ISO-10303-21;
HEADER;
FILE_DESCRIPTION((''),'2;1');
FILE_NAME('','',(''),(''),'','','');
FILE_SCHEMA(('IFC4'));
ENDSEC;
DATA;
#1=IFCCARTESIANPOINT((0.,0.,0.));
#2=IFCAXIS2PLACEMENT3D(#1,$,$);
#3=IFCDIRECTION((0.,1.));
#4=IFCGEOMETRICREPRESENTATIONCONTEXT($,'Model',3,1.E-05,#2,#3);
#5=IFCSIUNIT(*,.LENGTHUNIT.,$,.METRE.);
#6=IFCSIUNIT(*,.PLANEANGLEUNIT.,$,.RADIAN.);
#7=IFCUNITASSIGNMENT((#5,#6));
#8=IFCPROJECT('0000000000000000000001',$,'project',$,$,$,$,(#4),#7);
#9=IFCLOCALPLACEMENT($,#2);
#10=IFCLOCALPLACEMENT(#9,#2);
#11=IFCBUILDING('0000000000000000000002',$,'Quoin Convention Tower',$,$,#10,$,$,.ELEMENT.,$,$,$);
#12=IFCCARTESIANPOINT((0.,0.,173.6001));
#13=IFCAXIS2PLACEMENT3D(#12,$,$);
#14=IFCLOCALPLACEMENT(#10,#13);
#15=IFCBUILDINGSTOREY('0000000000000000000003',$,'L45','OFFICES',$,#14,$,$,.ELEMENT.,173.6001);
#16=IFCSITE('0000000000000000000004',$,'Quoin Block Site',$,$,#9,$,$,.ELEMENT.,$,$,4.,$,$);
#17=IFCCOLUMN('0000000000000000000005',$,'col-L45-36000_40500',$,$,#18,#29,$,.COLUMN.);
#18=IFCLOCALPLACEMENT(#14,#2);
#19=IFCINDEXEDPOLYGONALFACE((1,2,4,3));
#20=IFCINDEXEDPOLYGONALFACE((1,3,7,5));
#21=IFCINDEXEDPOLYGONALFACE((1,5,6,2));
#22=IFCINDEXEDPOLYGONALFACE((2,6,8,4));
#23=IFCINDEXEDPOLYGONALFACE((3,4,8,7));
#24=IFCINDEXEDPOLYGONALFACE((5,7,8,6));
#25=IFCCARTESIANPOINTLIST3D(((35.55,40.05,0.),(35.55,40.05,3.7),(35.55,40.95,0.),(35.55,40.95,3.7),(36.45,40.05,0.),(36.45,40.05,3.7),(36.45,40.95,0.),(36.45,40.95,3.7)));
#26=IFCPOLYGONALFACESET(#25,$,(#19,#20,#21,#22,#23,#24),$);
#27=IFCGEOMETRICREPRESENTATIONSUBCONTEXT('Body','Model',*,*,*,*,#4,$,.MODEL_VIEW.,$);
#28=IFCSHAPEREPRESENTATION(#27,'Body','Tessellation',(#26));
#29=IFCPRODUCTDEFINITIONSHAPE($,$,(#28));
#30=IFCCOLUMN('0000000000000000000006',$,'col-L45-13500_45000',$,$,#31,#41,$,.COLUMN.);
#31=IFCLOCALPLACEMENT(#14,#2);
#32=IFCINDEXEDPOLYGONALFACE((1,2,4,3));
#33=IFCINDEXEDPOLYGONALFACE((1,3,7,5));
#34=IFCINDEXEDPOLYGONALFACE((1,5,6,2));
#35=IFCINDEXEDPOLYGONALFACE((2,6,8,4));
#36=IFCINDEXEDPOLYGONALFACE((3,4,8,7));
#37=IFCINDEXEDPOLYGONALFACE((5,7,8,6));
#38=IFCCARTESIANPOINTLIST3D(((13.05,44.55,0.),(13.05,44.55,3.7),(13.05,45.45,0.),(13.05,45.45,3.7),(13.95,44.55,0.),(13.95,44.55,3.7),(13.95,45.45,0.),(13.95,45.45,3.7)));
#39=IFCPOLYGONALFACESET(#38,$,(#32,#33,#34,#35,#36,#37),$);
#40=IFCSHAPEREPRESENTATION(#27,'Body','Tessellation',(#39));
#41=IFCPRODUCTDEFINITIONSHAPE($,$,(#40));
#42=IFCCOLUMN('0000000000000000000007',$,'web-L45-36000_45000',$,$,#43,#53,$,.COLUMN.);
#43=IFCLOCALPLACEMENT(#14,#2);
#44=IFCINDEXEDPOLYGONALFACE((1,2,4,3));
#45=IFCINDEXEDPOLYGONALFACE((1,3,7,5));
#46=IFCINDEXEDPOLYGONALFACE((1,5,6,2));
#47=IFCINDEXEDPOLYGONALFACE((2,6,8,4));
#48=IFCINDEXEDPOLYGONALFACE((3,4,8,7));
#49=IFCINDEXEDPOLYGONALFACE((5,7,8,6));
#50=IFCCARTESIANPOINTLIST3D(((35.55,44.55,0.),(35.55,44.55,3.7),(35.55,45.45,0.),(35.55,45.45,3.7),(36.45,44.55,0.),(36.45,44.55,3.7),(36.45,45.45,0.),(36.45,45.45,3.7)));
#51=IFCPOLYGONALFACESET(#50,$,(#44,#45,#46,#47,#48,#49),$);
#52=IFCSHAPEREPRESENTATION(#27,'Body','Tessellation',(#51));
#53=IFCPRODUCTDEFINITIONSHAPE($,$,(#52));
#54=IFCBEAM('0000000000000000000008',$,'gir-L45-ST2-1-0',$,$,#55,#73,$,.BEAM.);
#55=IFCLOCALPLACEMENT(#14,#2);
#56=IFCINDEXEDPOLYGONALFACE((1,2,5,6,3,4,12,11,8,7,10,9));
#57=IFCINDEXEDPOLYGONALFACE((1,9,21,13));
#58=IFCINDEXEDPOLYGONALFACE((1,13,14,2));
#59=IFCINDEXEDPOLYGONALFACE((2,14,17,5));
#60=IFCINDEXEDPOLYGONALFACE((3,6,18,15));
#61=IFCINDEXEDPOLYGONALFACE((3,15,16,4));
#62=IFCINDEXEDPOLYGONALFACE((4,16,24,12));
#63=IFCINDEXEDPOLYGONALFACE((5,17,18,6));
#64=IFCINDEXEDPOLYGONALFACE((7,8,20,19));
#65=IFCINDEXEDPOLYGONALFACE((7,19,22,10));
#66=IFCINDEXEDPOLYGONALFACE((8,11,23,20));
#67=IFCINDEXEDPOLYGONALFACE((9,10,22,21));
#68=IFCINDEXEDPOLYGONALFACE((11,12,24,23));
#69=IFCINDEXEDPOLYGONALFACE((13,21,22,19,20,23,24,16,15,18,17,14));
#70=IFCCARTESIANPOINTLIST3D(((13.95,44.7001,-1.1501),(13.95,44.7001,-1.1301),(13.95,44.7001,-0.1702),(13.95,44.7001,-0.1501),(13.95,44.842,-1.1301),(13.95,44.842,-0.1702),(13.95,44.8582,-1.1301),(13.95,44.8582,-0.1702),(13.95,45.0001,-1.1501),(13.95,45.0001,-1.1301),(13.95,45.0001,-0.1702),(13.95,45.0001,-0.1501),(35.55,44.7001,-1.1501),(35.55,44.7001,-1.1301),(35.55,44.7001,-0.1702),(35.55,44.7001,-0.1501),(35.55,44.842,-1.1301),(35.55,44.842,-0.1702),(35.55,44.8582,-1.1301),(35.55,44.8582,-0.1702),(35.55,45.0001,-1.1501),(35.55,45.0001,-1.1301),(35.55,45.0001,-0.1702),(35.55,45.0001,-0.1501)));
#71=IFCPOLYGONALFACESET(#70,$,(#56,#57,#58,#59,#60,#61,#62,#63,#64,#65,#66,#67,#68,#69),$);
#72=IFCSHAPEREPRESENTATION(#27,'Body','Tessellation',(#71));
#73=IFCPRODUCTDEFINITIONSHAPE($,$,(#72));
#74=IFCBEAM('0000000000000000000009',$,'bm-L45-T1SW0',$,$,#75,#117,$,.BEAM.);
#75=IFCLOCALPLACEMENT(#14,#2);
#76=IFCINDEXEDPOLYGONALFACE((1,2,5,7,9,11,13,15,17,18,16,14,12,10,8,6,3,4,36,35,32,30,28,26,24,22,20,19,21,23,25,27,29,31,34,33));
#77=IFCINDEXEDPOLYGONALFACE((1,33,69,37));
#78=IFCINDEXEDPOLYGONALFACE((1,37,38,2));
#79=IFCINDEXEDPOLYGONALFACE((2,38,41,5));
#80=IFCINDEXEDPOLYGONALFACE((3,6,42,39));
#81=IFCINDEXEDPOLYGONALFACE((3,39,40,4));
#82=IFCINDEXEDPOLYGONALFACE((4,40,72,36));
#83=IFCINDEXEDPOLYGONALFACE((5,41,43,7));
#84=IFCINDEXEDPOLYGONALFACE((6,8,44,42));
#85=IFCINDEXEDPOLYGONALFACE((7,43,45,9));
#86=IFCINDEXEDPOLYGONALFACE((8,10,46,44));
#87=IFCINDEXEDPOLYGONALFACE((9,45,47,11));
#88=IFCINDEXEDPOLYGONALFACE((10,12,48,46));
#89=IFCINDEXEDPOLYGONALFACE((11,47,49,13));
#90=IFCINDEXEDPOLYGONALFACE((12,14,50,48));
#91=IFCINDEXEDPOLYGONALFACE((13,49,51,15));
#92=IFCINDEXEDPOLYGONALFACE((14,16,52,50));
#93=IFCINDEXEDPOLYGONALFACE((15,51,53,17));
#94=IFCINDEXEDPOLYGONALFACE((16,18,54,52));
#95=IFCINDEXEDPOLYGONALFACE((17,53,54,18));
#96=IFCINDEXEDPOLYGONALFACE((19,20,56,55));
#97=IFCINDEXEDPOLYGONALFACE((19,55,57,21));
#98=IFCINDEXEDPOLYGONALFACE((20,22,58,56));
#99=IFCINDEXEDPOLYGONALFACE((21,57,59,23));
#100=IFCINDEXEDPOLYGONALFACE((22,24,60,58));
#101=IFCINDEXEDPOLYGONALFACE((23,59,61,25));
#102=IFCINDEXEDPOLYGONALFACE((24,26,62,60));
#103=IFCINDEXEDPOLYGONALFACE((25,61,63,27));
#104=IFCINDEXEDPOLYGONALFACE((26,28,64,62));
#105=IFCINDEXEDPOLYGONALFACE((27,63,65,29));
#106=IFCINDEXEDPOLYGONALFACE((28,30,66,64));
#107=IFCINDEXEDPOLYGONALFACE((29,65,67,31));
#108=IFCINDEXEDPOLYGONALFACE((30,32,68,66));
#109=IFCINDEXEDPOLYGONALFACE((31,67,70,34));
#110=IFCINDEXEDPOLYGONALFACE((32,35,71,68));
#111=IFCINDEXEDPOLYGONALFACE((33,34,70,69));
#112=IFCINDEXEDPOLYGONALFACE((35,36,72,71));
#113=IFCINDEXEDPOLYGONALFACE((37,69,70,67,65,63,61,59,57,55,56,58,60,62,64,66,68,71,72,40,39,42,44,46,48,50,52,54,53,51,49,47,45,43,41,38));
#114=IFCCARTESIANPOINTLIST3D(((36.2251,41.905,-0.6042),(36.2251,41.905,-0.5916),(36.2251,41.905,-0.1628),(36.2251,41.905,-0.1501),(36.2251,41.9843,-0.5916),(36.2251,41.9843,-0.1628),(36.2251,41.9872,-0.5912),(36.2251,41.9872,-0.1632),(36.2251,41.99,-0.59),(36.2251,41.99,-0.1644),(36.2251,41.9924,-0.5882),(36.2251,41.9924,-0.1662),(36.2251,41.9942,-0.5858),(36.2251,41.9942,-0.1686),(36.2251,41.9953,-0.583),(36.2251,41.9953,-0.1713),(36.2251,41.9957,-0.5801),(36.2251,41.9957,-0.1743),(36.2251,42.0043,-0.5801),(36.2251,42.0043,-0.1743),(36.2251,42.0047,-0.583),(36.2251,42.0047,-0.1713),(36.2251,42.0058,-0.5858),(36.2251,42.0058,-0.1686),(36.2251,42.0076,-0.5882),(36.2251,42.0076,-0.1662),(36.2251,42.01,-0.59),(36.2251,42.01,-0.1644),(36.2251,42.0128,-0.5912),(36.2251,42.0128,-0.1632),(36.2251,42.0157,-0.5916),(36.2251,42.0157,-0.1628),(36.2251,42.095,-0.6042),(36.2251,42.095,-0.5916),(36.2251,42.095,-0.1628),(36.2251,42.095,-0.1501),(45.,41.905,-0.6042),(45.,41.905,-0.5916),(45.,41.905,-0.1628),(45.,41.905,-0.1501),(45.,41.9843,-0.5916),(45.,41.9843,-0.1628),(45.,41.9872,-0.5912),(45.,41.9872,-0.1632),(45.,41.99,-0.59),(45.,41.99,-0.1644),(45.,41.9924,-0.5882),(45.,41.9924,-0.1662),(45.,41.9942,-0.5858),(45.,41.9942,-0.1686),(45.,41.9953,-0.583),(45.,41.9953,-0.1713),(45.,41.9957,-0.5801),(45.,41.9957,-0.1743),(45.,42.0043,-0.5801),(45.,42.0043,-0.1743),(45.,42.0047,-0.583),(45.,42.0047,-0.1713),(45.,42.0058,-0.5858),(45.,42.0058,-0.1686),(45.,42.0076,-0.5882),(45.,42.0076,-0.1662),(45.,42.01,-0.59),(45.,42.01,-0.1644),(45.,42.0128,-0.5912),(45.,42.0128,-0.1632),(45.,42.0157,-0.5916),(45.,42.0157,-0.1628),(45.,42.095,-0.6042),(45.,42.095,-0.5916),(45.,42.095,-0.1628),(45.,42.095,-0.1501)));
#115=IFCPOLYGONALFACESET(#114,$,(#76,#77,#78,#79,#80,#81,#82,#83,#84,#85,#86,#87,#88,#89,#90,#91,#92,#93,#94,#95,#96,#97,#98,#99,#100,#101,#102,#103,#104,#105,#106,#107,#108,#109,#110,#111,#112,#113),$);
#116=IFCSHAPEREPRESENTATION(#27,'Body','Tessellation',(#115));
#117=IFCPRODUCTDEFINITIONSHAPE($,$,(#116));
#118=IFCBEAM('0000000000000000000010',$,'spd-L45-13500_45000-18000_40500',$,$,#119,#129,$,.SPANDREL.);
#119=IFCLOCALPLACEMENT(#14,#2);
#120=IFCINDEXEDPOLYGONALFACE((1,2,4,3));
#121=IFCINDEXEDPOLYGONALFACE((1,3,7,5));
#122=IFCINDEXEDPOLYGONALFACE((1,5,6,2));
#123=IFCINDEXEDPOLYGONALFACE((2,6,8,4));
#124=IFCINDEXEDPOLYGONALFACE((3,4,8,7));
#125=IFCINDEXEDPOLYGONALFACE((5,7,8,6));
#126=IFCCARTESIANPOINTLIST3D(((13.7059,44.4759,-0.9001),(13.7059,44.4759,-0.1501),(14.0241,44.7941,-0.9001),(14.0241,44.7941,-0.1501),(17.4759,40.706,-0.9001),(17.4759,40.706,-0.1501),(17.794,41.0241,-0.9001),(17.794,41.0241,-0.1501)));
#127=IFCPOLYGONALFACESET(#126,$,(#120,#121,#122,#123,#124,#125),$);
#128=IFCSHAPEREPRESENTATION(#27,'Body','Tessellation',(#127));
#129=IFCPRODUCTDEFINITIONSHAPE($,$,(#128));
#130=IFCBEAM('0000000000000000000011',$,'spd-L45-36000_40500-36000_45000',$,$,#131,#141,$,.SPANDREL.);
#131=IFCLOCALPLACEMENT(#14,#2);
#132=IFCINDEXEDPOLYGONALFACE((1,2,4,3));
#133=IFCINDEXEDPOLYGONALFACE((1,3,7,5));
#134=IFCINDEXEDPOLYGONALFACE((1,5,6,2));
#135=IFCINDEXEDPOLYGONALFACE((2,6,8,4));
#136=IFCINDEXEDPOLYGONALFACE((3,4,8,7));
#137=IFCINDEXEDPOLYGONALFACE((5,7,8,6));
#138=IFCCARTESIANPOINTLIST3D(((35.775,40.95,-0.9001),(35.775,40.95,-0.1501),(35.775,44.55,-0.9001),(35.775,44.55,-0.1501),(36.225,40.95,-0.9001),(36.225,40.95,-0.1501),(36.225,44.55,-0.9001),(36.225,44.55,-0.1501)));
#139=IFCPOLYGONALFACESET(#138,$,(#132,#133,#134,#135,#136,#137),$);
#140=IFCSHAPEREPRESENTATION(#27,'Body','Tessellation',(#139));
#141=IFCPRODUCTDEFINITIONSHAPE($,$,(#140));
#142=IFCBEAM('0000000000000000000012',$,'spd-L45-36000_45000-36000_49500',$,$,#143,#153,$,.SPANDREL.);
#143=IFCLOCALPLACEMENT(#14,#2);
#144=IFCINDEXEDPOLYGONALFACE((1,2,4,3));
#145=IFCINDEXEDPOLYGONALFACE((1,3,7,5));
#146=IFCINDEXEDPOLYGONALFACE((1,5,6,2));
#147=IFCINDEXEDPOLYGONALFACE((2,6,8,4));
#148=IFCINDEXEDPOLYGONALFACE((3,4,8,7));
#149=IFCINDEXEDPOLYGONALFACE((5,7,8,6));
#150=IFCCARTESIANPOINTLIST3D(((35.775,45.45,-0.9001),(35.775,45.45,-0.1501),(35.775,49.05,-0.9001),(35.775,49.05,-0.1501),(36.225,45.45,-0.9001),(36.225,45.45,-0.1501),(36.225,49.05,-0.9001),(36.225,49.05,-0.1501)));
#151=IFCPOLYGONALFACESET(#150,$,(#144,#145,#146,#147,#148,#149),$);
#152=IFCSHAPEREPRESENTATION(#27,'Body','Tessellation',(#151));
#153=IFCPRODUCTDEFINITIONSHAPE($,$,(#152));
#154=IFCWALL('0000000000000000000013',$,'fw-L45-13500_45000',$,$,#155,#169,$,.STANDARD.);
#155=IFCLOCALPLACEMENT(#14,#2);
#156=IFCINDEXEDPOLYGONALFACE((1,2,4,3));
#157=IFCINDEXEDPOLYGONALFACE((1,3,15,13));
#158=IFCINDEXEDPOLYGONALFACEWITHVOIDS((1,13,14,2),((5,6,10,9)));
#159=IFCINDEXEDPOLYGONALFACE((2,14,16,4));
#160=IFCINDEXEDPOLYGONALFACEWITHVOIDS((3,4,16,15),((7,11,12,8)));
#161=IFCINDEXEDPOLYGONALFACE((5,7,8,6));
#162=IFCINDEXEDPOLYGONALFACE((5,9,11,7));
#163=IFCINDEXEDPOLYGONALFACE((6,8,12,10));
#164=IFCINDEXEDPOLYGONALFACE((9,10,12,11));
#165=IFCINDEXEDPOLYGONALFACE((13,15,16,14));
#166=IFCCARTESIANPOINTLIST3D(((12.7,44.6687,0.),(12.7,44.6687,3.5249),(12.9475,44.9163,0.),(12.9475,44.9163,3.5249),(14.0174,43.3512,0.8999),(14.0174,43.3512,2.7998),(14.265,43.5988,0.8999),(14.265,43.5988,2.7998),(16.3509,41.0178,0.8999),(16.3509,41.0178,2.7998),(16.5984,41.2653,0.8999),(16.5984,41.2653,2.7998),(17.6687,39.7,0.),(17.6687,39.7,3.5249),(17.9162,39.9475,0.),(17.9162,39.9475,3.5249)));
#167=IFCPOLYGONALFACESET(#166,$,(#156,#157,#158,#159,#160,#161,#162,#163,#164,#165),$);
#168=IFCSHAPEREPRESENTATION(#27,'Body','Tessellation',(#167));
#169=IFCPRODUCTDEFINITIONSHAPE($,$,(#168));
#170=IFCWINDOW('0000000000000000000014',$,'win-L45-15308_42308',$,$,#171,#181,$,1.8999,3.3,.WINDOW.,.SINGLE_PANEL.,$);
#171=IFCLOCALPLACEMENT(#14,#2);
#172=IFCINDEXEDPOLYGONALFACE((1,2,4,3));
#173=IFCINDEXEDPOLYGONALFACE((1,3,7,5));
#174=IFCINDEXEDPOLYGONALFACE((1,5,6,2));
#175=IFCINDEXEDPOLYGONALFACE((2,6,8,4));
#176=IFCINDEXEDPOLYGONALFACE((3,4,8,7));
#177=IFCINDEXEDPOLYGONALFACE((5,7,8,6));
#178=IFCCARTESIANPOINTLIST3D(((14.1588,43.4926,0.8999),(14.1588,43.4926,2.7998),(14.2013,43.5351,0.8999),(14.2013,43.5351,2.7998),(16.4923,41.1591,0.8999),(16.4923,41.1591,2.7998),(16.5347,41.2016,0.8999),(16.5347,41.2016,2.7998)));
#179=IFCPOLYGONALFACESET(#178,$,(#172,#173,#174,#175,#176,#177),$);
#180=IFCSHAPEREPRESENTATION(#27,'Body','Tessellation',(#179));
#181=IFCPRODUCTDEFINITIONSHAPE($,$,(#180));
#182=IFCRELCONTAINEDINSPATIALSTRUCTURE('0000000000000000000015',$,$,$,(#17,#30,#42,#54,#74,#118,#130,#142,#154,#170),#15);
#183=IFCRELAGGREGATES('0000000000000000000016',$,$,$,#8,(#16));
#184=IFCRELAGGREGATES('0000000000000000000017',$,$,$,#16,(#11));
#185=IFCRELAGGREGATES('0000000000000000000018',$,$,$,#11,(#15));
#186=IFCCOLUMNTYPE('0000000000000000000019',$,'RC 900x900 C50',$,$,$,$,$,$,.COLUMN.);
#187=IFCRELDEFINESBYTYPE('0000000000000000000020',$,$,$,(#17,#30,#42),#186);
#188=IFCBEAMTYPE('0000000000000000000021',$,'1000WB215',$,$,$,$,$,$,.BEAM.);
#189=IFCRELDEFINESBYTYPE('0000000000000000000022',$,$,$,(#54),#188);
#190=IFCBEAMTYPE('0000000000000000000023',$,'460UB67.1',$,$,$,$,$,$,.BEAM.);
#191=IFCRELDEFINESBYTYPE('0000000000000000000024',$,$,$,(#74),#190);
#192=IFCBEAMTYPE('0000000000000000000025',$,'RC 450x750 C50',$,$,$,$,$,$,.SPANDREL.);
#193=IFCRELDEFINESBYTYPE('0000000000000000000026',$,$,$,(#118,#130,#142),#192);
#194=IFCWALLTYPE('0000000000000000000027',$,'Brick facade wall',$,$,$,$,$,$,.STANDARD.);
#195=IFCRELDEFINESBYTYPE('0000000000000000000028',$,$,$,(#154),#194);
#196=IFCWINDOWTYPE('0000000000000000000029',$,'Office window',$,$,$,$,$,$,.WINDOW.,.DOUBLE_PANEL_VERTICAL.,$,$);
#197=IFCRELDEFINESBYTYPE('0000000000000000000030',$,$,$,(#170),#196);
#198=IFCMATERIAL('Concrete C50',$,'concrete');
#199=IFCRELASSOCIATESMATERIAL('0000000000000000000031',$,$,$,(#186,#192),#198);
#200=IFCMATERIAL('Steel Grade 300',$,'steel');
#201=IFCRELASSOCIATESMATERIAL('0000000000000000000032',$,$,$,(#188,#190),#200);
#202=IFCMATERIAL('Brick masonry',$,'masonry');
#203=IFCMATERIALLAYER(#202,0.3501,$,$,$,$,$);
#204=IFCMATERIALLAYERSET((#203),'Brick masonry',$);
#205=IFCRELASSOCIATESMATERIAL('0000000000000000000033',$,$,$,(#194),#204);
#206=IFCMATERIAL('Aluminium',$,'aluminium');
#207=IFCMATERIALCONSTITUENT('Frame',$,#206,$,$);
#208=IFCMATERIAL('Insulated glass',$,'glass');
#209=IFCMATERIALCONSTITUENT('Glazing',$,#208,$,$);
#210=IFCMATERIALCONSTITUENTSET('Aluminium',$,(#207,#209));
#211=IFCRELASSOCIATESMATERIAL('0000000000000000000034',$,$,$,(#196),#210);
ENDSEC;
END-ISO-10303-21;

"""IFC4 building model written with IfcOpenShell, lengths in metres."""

from ifc_helpers import new_model, si_unit, direction, frame, frame_2d, origin, origin_2d, place, context, subcontext, project, spatial, rectangle, i_section, extrude, material, layer, layer_set, constituent, constituent_set, material_profile, profile_set, type_object, element, fill, save


model = new_model("IFC4")

# Units and contexts
model_context = context("Model", 3, precision=1e-05, world=origin(), true_north=direction((0.0, 1.0)))
body_context = subcontext(model_context, "Body", "Model", "MODEL_VIEW")
ifc_project = project(units=[si_unit("LENGTHUNIT", "METRE"), si_unit("PLANEANGLEUNIT", "RADIAN")], contexts=[model_context])

# Site, building, storey
site_placement = place(None, origin())
site = spatial("IfcSite", under=ifc_project, at=site_placement, Name="Quoin Block Site", CompositionType="ELEMENT", RefElevation=4.0)
building_placement = place(site_placement, origin())
building = spatial("IfcBuilding", under=site, at=building_placement, Name="Quoin Convention Tower", CompositionType="ELEMENT")
storey_placement = place(building_placement, frame((0.0, 0.0, 173.6001)))
storey = spatial("IfcBuildingStorey", under=building, at=storey_placement, Name="L45", Description="OFFICES", CompositionType="ELEMENT", Elevation=173.6001)

# Columns
ifc_material_1 = material(Name="Concrete C50", Category="concrete")
ifc_material_profile_1 = material_profile(ifc_material_1, rectangle(XDim=0.8999, YDim=0.8999, at=origin_2d()), Name="RC 900x900")
ifc_profile_set_1 = profile_set([ifc_material_profile_1], Name="Concrete C50")
column_type = type_object("IfcColumnType", Name="RC 900x900 C50", PredefinedType="COLUMN", material=ifc_profile_set_1)
for number, where, z_axis, x_axis, name in (
    (1, (36.0, 40.5, 0.0), (0.0, 0.0, 1.0), (1.0, 0.0, 0.0), "col-L45-36000_40500"),
    (2, (13.5, 45.0, 0.0), (0.0, 0.0, 1.0), (1.0, 0.0, 0.0), "col-L45-13500_45000"),
    (3, (36.0, 45.0, 0.0), (0.0, 0.0, 1.0), (1.0, 0.0, 0.0), "web-L45-36000_45000"),
):
    element("IfcColumn", number, at=place(storey_placement, frame(where, z_axis=z_axis, x_axis=x_axis)), inside=storey, type_object=column_type, Name=name, PredefinedType="COLUMN", context=body_context, shape_type="SweptSolid", body=[
        extrude(rectangle(XDim=0.8999, YDim=0.8999, at=origin_2d()), origin(), (0.0, 0.0, 1.0), 3.7),
    ])

# Beams
ifc_material_2 = material(Name="Steel Grade 300", Category="steel")
ifc_material_profile_2 = material_profile(ifc_material_2, i_section(OverallWidth=0.3, OverallDepth=1.0, WebThickness=0.0161, FlangeThickness=0.02, at=origin_2d()), Name="1000WB215")
ifc_profile_set_2 = profile_set([ifc_material_profile_2], Name="Steel Grade 300")
beam_type_1 = type_object("IfcBeamType", Name="1000WB215", PredefinedType="BEAM", material=ifc_profile_set_2)
beam_1_placement = place(storey_placement, frame((13.95, 44.8501, -0.6501), z_axis=(1.0, 0.0, 0.0), x_axis=(0.0, 1.0, 0.0)))
element("IfcBeam", 4, at=beam_1_placement, inside=storey, type_object=beam_type_1, Name="gir-L45-ST2-1-0", PredefinedType="BEAM", context=body_context, shape_type="SweptSolid", body=[
    extrude(i_section(OverallWidth=0.3, OverallDepth=1.0, WebThickness=0.0161, FlangeThickness=0.02, at=origin_2d()), origin(), (0.0, 0.0, 1.0), 21.6001),
])
ifc_material_profile_3 = material_profile(ifc_material_2, i_section(OverallWidth=0.1899, OverallDepth=0.4541, WebThickness=0.0085, FlangeThickness=0.0127, FilletRadius=0.0115, at=origin_2d()), Name="460UB67.1")
ifc_profile_set_3 = profile_set([ifc_material_profile_3], Name="Steel Grade 300")
beam_type_2 = type_object("IfcBeamType", Name="460UB67.1", PredefinedType="BEAM", material=ifc_profile_set_3)
beam_2_placement = place(storey_placement, frame((36.2251, 42.0, -0.3772), z_axis=(1.0, 0.0, 0.0), x_axis=(0.0, 1.0, 0.0)))
element("IfcBeam", 5, at=beam_2_placement, inside=storey, type_object=beam_type_2, Name="bm-L45-T1SW0", PredefinedType="BEAM", context=body_context, shape_type="SweptSolid", body=[
    extrude(i_section(OverallWidth=0.1899, OverallDepth=0.4541, WebThickness=0.0085, FlangeThickness=0.0127, FilletRadius=0.0115, at=origin_2d()), origin(), (0.0, 0.0, 1.0), 8.7749),
])
ifc_material_profile_4 = material_profile(ifc_material_1, rectangle(XDim=0.45, YDim=0.75, at=origin_2d()), Name="RC 450x750")
ifc_profile_set_4 = profile_set([ifc_material_profile_4], Name="Concrete C50")
beam_type_3 = type_object("IfcBeamType", Name="RC 450x750 C50", PredefinedType="SPANDREL", material=ifc_profile_set_4)
beam_3_placement = place(storey_placement, frame((13.865, 44.635, -0.5251), z_axis=(0.707107, -0.707107, 0.0), x_axis=(0.707107, 0.707107, 0.0)))
element("IfcBeam", 6, at=beam_3_placement, inside=storey, type_object=beam_type_3, Name="spd-L45-13500_45000-18000_40500", PredefinedType="SPANDREL", context=body_context, shape_type="SweptSolid", body=[
    extrude(rectangle(XDim=0.45, YDim=0.75, at=origin_2d()), origin(), (0.0, 0.0, 1.0), 5.3315),
])
for number, where, z_axis, x_axis, name in (
    (7, (36.0, 40.95, -0.5251), (0.0, 1.0, 0.0), (-1.0, 0.0, 0.0), "spd-L45-36000_40500-36000_45000"),
    (8, (36.0, 45.45, -0.5251), (0.0, 1.0, 0.0), (-1.0, 0.0, 0.0), "spd-L45-36000_45000-36000_49500"),
):
    element("IfcBeam", number, at=place(storey_placement, frame(where, z_axis=z_axis, x_axis=x_axis)), inside=storey, type_object=beam_type_3, Name=name, PredefinedType="SPANDREL", context=body_context, shape_type="SweptSolid", body=[
        extrude(rectangle(XDim=0.45, YDim=0.75, at=origin_2d()), origin(), (0.0, 0.0, 1.0), 3.6001),
    ])

# Wall, opening, window
ifc_material_3 = material(Name="Brick masonry", Category="masonry")
ifc_layer_1 = layer(ifc_material_3, 0.3501)
ifc_layer_set_1 = layer_set([ifc_layer_1], Name="Brick masonry")
wall_type_1 = type_object("IfcWallType", Name="Brick facade wall", PredefinedType="STANDARD", material=ifc_layer_set_1)
wall_1_placement = place(storey_placement, frame((12.8237, 44.7925, 0.0), z_axis=(0.0, 0.0, 1.0), x_axis=(0.707107, -0.707107, 0.0)))
wall_1 = element("IfcWall", 9, at=wall_1_placement, inside=storey, type_object=wall_type_1, Name="fw-L45-13500_45000", PredefinedType="STANDARD", context=body_context, shape_type="SweptSolid", body=[
    extrude(rectangle(XDim=7.0269, YDim=0.3501, at=frame_2d((3.5134, 0.0))), origin(), (0.0, 0.0, 1.0), 3.5249),
])
opening_1_placement = place(wall_1_placement, frame((1.8633, 0.0, 0.8999)))
opening_1 = element("IfcOpeningElement", 10, at=opening_1_placement, cuts=wall_1, PredefinedType="OPENING", context=body_context, shape_type="SweptSolid", body=[
    extrude(rectangle(XDim=3.3, YDim=1.8999, at=frame_2d((1.6499, 0.95))), frame((0.0, 0.1851, 0.0), z_axis=(0.0, -1.0, 0.0), x_axis=(1.0, 0.0, 0.0)), (0.0, 0.0, 1.0), 0.3701),
])
ifc_material_4 = material(Name="Aluminium", Category="aluminium")
ifc_constituent_1 = constituent(ifc_material_4, Name="Frame")
ifc_material_5 = material(Name="Insulated glass", Category="glass")
ifc_constituent_2 = constituent(ifc_material_5, Name="Glazing")
ifc_constituent_set = constituent_set(constituents=[ifc_constituent_1, ifc_constituent_2], Name="Aluminium")
window_type = type_object("IfcWindowType", Name="Office window", PartitioningType="DOUBLE_PANEL_VERTICAL", PredefinedType="WINDOW", material=ifc_constituent_set)
window_placement = place(opening_1_placement, origin())
window = element("IfcWindow", 11, at=window_placement, inside=storey, type_object=window_type, Name="win-L45-15308_42308", OverallHeight=1.8999, OverallWidth=3.3, PartitioningType="SINGLE_PANEL", PredefinedType="WINDOW", context=body_context, shape_type="SweptSolid", body=[
    extrude(rectangle(XDim=3.3, YDim=1.8999, at=frame_2d((1.6499, 0.95))), frame((0.0, 0.085, 0.0), z_axis=(0.0, -1.0, 0.0), x_axis=(1.0, 0.0, 0.0)), (0.0, 0.0, 1.0), 0.0601),
])
fill(opening_1, window)

save(model, "model.ifc")
